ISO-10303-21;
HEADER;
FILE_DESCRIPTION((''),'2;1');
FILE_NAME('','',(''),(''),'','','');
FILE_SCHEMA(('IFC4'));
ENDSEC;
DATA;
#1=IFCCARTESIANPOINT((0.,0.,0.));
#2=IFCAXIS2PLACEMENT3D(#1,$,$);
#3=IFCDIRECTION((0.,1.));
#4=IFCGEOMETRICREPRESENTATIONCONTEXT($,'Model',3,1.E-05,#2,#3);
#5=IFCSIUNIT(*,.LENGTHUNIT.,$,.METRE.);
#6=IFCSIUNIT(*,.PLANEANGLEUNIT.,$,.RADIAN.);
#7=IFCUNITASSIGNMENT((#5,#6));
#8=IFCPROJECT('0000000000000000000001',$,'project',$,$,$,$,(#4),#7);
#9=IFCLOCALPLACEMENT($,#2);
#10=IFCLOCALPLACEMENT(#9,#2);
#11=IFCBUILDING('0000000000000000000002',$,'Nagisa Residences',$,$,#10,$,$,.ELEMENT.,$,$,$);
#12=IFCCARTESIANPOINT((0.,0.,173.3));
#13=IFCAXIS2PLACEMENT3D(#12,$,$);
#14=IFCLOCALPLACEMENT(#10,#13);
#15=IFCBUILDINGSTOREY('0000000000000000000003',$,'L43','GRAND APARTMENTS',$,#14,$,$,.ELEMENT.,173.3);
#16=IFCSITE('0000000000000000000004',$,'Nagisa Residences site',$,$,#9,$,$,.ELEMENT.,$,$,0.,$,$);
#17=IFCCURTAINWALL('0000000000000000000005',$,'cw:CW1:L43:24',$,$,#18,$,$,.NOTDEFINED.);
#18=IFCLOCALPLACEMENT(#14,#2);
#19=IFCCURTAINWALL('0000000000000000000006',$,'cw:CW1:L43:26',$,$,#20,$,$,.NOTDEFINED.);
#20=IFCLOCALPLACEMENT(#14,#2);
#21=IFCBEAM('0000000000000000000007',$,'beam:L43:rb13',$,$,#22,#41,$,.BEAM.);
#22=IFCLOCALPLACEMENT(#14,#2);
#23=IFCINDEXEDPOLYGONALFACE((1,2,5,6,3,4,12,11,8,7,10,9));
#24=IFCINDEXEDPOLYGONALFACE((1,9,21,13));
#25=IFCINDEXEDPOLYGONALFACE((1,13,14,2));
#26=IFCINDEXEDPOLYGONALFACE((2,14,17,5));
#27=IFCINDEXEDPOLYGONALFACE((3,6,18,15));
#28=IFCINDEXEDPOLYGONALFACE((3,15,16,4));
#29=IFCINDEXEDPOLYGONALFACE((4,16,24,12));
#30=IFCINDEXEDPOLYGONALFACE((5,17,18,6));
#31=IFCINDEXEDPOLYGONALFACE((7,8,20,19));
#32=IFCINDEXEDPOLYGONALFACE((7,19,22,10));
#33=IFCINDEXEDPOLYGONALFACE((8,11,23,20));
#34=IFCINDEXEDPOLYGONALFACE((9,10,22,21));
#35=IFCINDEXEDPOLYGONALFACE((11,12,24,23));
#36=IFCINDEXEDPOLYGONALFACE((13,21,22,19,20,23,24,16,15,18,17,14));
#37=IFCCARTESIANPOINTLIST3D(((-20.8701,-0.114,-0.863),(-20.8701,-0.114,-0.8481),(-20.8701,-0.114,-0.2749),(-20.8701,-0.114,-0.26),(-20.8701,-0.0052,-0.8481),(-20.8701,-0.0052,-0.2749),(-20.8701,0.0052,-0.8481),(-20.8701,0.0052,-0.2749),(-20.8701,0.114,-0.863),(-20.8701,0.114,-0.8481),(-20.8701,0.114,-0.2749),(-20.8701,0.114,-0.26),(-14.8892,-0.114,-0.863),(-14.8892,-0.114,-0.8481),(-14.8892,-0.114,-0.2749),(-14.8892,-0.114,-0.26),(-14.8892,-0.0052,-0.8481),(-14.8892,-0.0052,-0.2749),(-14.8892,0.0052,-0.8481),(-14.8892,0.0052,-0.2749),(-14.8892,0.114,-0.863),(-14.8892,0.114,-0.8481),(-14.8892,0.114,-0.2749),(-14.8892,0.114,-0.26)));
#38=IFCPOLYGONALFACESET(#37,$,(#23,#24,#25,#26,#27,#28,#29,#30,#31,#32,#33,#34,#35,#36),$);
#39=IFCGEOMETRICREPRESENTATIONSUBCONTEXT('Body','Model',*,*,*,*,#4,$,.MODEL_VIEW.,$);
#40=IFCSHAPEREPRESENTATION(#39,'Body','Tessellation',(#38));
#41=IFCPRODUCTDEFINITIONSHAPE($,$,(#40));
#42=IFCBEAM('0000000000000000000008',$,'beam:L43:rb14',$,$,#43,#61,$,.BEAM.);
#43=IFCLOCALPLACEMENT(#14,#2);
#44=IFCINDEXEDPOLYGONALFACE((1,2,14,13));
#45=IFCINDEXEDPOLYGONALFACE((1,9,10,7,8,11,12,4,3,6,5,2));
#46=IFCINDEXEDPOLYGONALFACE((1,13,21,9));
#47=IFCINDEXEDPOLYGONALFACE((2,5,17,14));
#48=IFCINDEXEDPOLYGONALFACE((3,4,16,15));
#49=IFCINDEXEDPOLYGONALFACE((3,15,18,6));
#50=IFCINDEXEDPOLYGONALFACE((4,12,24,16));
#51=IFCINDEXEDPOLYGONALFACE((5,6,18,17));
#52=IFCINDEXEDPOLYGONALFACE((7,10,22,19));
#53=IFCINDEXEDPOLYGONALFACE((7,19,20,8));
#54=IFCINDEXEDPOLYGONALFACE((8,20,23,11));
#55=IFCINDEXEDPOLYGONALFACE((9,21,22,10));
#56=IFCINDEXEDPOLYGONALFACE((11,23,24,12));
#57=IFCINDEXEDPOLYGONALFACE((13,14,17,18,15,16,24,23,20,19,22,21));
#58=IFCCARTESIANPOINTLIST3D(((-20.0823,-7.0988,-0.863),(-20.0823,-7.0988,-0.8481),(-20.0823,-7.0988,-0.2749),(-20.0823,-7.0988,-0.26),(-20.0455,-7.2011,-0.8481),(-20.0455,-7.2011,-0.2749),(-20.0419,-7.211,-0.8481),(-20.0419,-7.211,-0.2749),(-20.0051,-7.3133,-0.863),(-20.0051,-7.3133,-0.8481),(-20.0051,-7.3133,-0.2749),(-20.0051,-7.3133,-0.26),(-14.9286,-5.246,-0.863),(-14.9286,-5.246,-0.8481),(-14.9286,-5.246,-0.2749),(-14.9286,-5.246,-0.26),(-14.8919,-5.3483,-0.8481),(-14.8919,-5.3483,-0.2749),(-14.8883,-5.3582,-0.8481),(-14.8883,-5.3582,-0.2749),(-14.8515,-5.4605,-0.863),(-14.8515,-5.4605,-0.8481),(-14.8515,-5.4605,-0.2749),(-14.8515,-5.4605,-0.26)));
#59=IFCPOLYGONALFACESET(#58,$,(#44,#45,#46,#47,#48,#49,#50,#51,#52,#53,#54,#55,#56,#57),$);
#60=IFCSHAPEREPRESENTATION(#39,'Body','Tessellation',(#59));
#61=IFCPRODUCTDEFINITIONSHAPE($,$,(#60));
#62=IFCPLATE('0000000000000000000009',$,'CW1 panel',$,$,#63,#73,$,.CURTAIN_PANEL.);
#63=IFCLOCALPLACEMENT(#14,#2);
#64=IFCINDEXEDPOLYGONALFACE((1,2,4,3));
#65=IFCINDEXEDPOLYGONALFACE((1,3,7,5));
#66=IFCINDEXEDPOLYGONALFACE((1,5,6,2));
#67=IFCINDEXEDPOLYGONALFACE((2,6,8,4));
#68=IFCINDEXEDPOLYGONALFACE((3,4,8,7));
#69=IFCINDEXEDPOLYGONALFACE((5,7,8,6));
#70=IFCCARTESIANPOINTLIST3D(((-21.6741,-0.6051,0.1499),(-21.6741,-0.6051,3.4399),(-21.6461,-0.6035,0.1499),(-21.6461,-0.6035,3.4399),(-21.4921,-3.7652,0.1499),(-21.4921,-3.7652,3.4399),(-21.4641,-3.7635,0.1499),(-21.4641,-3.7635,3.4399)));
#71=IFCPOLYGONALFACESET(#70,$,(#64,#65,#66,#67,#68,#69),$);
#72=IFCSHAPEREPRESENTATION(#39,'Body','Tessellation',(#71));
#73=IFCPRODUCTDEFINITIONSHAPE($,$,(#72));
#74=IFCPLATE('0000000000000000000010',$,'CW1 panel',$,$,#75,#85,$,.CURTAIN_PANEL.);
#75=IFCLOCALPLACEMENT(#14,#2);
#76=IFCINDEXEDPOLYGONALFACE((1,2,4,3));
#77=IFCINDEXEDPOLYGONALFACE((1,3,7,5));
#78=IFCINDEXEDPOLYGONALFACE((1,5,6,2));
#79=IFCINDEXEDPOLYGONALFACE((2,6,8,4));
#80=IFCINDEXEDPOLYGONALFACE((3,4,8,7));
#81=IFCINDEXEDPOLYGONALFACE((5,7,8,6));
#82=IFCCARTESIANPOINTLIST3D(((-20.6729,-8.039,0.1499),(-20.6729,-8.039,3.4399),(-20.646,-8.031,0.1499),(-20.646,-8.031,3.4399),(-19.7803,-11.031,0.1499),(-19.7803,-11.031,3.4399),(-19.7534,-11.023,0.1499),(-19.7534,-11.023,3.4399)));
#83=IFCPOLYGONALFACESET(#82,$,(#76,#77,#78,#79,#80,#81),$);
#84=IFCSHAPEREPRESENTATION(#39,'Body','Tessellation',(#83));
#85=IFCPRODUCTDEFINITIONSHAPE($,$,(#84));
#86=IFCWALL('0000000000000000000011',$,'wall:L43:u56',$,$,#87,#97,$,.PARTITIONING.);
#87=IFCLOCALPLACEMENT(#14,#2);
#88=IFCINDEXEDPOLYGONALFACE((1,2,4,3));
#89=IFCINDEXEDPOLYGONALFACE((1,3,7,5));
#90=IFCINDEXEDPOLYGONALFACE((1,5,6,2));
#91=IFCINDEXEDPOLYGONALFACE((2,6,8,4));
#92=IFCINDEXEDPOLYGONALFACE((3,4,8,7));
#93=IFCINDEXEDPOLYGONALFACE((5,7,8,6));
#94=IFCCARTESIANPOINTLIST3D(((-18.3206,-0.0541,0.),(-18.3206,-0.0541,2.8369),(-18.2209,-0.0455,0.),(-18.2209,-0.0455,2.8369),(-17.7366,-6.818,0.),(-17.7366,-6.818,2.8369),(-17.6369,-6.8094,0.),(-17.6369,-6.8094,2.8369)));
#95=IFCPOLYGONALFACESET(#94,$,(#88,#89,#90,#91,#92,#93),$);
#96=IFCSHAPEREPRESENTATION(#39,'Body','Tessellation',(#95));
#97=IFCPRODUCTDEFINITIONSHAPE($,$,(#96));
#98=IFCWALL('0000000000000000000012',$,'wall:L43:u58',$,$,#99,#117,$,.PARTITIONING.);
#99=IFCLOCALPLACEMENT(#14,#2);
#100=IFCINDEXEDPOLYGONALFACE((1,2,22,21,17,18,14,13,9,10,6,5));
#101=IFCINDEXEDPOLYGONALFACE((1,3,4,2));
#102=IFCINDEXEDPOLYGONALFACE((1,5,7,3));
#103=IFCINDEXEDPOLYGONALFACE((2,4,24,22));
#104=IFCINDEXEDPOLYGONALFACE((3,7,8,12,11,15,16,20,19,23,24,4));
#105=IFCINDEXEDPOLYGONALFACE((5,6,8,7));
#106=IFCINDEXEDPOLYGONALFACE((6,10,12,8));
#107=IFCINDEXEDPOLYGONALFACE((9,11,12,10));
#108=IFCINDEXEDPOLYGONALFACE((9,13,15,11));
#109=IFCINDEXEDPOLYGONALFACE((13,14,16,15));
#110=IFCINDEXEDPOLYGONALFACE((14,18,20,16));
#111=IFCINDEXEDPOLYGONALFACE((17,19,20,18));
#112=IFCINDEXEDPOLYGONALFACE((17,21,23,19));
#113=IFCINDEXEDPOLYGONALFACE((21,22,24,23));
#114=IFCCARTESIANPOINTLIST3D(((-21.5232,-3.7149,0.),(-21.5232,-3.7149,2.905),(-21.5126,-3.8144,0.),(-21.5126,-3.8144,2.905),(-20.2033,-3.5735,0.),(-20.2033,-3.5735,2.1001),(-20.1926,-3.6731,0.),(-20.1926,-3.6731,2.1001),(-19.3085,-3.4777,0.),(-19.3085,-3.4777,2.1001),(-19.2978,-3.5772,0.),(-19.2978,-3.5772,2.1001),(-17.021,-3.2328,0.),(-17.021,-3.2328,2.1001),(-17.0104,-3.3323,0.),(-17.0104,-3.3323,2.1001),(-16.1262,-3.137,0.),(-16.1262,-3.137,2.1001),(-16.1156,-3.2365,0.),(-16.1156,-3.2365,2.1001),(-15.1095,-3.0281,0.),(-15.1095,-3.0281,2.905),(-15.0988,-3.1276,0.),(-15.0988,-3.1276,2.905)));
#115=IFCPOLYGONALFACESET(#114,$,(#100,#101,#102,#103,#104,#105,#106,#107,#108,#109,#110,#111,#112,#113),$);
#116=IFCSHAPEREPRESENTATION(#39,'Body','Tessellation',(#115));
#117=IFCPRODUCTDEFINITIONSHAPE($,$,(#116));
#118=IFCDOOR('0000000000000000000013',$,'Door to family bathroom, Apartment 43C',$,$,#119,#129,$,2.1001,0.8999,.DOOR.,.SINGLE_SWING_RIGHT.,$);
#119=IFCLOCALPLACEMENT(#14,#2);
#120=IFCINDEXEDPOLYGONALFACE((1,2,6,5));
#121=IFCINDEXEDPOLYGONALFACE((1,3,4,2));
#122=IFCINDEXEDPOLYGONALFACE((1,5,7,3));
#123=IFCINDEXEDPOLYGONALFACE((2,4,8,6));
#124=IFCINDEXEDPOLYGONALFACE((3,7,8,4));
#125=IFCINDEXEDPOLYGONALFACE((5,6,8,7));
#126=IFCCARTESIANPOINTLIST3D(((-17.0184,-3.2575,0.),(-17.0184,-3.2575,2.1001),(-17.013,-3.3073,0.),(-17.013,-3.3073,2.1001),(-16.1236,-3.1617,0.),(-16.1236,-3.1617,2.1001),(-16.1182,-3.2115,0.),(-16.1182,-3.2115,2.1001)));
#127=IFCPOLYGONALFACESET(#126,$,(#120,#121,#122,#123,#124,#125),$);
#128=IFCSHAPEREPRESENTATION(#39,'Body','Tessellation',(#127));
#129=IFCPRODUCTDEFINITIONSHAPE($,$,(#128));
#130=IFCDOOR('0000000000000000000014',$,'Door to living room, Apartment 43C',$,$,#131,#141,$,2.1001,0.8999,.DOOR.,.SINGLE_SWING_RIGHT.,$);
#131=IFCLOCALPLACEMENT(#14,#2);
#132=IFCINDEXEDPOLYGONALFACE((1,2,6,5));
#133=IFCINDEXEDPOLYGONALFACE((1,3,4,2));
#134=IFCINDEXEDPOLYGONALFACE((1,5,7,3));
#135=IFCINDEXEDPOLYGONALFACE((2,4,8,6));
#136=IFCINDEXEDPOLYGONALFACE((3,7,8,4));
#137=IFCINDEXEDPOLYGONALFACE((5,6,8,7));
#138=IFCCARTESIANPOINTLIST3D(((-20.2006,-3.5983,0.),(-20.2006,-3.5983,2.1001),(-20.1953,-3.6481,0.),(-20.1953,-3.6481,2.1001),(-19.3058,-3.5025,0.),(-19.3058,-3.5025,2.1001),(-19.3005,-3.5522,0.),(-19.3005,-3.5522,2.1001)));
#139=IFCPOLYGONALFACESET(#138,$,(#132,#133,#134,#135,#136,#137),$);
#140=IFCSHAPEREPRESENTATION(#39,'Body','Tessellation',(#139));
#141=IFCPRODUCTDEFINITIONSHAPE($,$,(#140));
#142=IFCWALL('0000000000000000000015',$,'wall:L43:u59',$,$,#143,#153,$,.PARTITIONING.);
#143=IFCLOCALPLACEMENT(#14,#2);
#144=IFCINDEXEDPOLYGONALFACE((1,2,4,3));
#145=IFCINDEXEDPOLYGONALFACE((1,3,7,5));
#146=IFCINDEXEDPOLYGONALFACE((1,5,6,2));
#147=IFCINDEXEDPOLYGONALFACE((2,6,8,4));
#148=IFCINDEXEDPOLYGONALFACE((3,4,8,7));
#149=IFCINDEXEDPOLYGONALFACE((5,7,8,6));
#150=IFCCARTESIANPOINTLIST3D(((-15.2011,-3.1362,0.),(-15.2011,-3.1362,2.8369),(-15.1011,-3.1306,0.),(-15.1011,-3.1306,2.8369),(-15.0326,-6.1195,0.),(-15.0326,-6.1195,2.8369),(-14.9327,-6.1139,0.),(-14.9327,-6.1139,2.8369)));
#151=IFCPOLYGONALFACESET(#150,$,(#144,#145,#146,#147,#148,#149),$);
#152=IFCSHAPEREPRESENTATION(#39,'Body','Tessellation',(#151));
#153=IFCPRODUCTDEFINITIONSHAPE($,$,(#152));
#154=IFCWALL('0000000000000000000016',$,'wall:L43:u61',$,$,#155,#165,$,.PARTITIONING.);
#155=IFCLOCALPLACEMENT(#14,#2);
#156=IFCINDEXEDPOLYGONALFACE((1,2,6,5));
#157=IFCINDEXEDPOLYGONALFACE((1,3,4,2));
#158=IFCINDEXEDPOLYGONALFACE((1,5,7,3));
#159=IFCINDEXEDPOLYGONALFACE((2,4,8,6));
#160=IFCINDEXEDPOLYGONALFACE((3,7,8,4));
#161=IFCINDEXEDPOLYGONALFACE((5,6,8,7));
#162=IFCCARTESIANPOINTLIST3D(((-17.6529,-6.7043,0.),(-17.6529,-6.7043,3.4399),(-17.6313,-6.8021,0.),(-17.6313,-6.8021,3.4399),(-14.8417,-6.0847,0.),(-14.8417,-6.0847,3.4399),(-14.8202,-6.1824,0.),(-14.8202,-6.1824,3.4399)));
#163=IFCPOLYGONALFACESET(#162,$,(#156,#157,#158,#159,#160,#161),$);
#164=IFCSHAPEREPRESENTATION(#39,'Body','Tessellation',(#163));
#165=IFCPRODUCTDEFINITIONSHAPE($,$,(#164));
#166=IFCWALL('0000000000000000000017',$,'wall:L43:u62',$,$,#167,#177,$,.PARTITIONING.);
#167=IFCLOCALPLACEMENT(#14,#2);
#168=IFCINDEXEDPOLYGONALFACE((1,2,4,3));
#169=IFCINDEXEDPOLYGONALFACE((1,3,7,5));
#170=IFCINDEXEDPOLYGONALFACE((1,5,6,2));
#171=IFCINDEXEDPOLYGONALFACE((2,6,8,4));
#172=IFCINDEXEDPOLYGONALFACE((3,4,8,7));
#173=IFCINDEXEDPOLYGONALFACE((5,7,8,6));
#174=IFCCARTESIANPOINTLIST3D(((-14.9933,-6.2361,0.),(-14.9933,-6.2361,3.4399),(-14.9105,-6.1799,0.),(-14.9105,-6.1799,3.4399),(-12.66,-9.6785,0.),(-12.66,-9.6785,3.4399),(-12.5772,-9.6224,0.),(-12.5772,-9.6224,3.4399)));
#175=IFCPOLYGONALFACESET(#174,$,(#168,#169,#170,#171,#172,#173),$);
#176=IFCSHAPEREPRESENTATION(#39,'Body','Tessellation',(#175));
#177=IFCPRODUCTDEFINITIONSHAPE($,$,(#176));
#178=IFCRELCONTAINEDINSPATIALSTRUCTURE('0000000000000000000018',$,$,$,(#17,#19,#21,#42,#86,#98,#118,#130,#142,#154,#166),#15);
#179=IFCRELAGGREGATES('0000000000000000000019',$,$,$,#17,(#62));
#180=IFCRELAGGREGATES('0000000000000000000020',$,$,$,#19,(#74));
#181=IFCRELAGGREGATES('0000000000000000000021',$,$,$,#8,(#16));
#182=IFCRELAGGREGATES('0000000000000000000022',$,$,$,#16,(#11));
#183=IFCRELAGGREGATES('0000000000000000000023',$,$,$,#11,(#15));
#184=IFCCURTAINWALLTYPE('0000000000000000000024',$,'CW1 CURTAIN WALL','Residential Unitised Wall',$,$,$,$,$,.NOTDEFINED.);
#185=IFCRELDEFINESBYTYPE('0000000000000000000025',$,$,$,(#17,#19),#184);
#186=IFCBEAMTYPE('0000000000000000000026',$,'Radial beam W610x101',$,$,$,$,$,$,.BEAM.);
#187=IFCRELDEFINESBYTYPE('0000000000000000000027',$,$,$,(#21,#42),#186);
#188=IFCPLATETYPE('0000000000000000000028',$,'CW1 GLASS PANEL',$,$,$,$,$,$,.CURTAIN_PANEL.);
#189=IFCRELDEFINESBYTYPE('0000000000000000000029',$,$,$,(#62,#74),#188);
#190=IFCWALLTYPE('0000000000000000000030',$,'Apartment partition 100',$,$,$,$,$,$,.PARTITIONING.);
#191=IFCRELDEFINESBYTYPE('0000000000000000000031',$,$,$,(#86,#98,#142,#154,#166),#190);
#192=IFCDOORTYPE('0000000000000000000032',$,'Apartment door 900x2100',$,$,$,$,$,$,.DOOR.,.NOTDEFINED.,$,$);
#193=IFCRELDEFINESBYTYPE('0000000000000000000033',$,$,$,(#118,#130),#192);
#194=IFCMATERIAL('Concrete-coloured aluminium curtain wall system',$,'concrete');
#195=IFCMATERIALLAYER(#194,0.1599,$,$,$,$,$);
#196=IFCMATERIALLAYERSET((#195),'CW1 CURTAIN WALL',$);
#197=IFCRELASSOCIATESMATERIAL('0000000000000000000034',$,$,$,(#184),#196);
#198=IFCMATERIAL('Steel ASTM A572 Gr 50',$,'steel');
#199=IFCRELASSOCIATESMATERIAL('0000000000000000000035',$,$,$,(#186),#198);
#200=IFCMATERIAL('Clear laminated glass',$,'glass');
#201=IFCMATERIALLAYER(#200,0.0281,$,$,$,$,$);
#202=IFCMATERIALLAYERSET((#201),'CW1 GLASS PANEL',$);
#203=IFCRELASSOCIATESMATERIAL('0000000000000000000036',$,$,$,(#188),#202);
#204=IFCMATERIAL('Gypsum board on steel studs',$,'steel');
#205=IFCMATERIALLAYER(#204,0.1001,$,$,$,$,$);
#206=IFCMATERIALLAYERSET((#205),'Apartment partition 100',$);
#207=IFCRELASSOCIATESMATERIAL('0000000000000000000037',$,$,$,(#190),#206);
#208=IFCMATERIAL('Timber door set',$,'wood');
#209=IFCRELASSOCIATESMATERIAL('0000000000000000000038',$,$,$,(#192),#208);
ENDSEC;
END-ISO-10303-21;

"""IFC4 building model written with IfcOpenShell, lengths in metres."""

from ifc_helpers import new_model, si_unit, direction, frame, frame_2d, origin, origin_2d, place, context, subcontext, project, spatial, rectangle, i_section, extrude, material, layer, layer_set, material_profile, profile_set, type_object, element, fill, aggregate, save


model = new_model("IFC4")

# Units and contexts
model_context = context("Model", 3, precision=1e-05, world=origin(), true_north=direction((0.0, 1.0)))
body_context = subcontext(model_context, "Body", "Model", "MODEL_VIEW")
ifc_project = project(units=[si_unit("LENGTHUNIT", "METRE"), si_unit("PLANEANGLEUNIT", "RADIAN")], contexts=[model_context])

# Site, building, storey
site_placement = place(None, origin())
site = spatial("IfcSite", under=ifc_project, at=site_placement, Name="Nagisa Residences site", CompositionType="ELEMENT", RefElevation=0.0)
building_placement = place(site_placement, origin())
building = spatial("IfcBuilding", under=site, at=building_placement, Name="Nagisa Residences", CompositionType="ELEMENT")
storey_placement = place(building_placement, frame((0.0, 0.0, 173.3)))
storey = spatial("IfcBuildingStorey", under=building, at=storey_placement, Name="L43", Description="GRAND APARTMENTS", CompositionType="ELEMENT", Elevation=173.3)

# Curtain walls
ifc_material_1 = material(Name="Concrete-coloured aluminium curtain wall system", Category="concrete")
ifc_layer_1 = layer(ifc_material_1, 0.1599)
ifc_layer_set_1 = layer_set([ifc_layer_1], Name="CW1 CURTAIN WALL")
curtain_wall_type = type_object("IfcCurtainWallType", Name="CW1 CURTAIN WALL", Description="Residential Unitised Wall", PredefinedType="NOTDEFINED", material=ifc_layer_set_1)
curtain_wall_1_placement = place(storey_placement, origin())
curtain_wall_1 = element("IfcCurtainWall", 1, at=curtain_wall_1_placement, inside=storey, type_object=curtain_wall_type, Name="cw:CW1:L43:24", PredefinedType="NOTDEFINED")
curtain_wall_2_placement = place(storey_placement, origin())
curtain_wall_2 = element("IfcCurtainWall", 2, at=curtain_wall_2_placement, inside=storey, type_object=curtain_wall_type, Name="cw:CW1:L43:26", PredefinedType="NOTDEFINED")

# Beams
ifc_material_2 = material(Name="Steel ASTM A572 Gr 50", Category="steel")
ifc_material_profile_1 = material_profile(ifc_material_2, i_section(OverallWidth=0.228, OverallDepth=0.603, WebThickness=0.0105, FlangeThickness=0.0149, at=origin_2d()), Name="W610x101")
ifc_profile_set_1 = profile_set([ifc_material_profile_1], Name="Steel ASTM A572 Gr 50")
beam_type_1 = type_object("IfcBeamType", Name="Radial beam W610x101", PredefinedType="BEAM", material=ifc_profile_set_1)
beam_1_placement = place(storey_placement, frame((-20.8701, 0.0, -0.5615), z_axis=(1.0, 0.0, 0.0), x_axis=(0.0, 1.0, 0.0)))
element("IfcBeam", 3, at=beam_1_placement, inside=storey, type_object=beam_type_1, Name="beam:L43:rb13", PredefinedType="BEAM", context=body_context, shape_type="SweptSolid", body=[
    extrude(i_section(OverallWidth=0.228, OverallDepth=0.603, WebThickness=0.0105, FlangeThickness=0.0149, at=origin_2d()), origin(), (0.0, 0.0, 1.0), 5.981),
])
beam_2_placement = place(storey_placement, frame((-20.0437, -7.2061, -0.5615), z_axis=(0.941033, 0.338315, 0.0), x_axis=(-0.338315, 0.941033, 0.0)))
element("IfcBeam", 4, at=beam_2_placement, inside=storey, type_object=beam_type_1, Name="beam:L43:rb14", PredefinedType="BEAM", context=body_context, shape_type="SweptSolid", body=[
    extrude(i_section(OverallWidth=0.228, OverallDepth=0.603, WebThickness=0.0105, FlangeThickness=0.0149, at=origin_2d()), origin(), (0.0, 0.0, 1.0), 5.4766),
])

# Plates
ifc_material_3 = material(Name="Clear laminated glass", Category="glass")
ifc_layer_2 = layer(ifc_material_3, 0.0281)
ifc_layer_set_2 = layer_set([ifc_layer_2], Name="CW1 GLASS PANEL")
plate_type = type_object("IfcPlateType", Name="CW1 GLASS PANEL", PredefinedType="CURTAIN_PANEL", material=ifc_layer_set_2)
plate_1_placement = place(storey_placement, frame((-21.5691, -2.1843, 0.1499), z_axis=(0.0, 0.0, 1.0), x_axis=(0.057503, -0.998345, 0.0)))
plate_1 = element("IfcPlate", 5, at=plate_1_placement, type_object=plate_type, Name="CW1 panel", PredefinedType="CURTAIN_PANEL", context=body_context, shape_type="SweptSolid", body=[
    extrude(rectangle(XDim=3.1653, YDim=0.0281, at=origin_2d()), origin(), (0.0, 0.0, 1.0), 3.29),
])
aggregate(curtain_wall_1, [plate_1])
plate_2_placement = place(storey_placement, frame((-20.2131, -9.531, 0.1499), z_axis=(0.0, 0.0, 1.0), x_axis=(0.28586, -0.958271, 0.0)))
plate_2 = element("IfcPlate", 6, at=plate_2_placement, type_object=plate_type, Name="CW1 panel", PredefinedType="CURTAIN_PANEL", context=body_context, shape_type="SweptSolid", body=[
    extrude(rectangle(XDim=3.1223, YDim=0.0281, at=origin_2d()), origin(), (0.0, 0.0, 1.0), 3.29),
])
aggregate(curtain_wall_2, [plate_2])

# Wall
ifc_material_4 = material(Name="Gypsum board on steel studs", Category="steel")
ifc_layer_3 = layer(ifc_material_4, 0.1001)
ifc_layer_set_3 = layer_set([ifc_layer_3], Name="Apartment partition 100")
wall_type_1 = type_object("IfcWallType", Name="Apartment partition 100", PredefinedType="PARTITIONING", material=ifc_layer_set_3)
wall_1_placement = place(storey_placement, frame((-18.2708, -0.0498, 0.0), z_axis=(0.0, 0.0, 1.0), x_axis=(0.086018, -0.996294, 0.0)))
element("IfcWall", 7, at=wall_1_placement, inside=storey, type_object=wall_type_1, Name="wall:L43:u56", PredefinedType="PARTITIONING", context=body_context, shape_type="SweptSolid", body=[
    extrude(rectangle(XDim=6.7891, YDim=0.1001, at=frame_2d((3.3945, 0.0))), origin(), (0.0, 0.0, 1.0), 2.8369),
])

# Wall, openings, doors
wall_2_placement = place(storey_placement, frame((-15.1042, -3.0779, 0.0), z_axis=(0.0, 0.0, 1.0), x_axis=(-0.994316, -0.106468, 0.0)))
wall_2 = element("IfcWall", 8, at=wall_2_placement, inside=storey, type_object=wall_type_1, Name="wall:L43:u58", PredefinedType="PARTITIONING", context=body_context, shape_type="SweptSolid", body=[
    extrude(rectangle(XDim=6.4504, YDim=0.1001, at=frame_2d((3.2251, 0.0))), origin(), (0.0, 0.0, 1.0), 2.905),
])
opening_1_placement = place(wall_2_placement, frame((1.0225, 0.0, 0.0)))
opening_1 = element("IfcOpeningElement", 9, at=opening_1_placement, cuts=wall_2, PredefinedType="OPENING", context=body_context, shape_type="SweptSolid", body=[
    extrude(rectangle(XDim=0.8999, YDim=2.1001, at=frame_2d((0.45, 1.05))), frame((0.0, 0.0601, 0.0), z_axis=(0.0, -1.0, 0.0), x_axis=(1.0, 0.0, 0.0)), (0.0, 0.0, 1.0), 0.1201),
])
opening_2_placement = place(wall_2_placement, frame((4.2229, 0.0, 0.0)))
opening_2 = element("IfcOpeningElement", 10, at=opening_2_placement, cuts=wall_2, PredefinedType="OPENING", context=body_context, shape_type="SweptSolid", body=[
    extrude(rectangle(XDim=0.8999, YDim=2.1001, at=frame_2d((0.45, 1.05))), frame((0.0, 0.0601, 0.0), z_axis=(0.0, -1.0, 0.0), x_axis=(1.0, 0.0, 0.0)), (0.0, 0.0, 1.0), 0.1201),
])
ifc_material_5 = material(Name="Timber door set", Category="wood")
door_type_1 = type_object("IfcDoorType", Name="Apartment door 900x2100", OperationType="NOTDEFINED", PredefinedType="DOOR", material=ifc_material_5)
door_1_placement = place(opening_1_placement, origin())
door_1 = element("IfcDoor", 11, at=door_1_placement, inside=storey, type_object=door_type_1, Name="Door to family bathroom, Apartment 43C", OperationType="SINGLE_SWING_RIGHT", OverallHeight=2.1001, OverallWidth=0.8999, PredefinedType="DOOR", context=body_context, shape_type="SweptSolid", body=[
    extrude(rectangle(XDim=0.8999, YDim=2.1001, at=frame_2d((0.45, 1.05))), frame((0.0, 0.0249, 0.0), z_axis=(0.0, -1.0, 0.0), x_axis=(1.0, 0.0, 0.0)), (0.0, 0.0, 1.0), 0.05),
])
fill(opening_1, door_1)
door_2_placement = place(opening_2_placement, origin())
door_2 = element("IfcDoor", 12, at=door_2_placement, inside=storey, type_object=door_type_1, Name="Door to living room, Apartment 43C", OperationType="SINGLE_SWING_RIGHT", OverallHeight=2.1001, OverallWidth=0.8999, PredefinedType="DOOR", context=body_context, shape_type="SweptSolid", body=[
    extrude(rectangle(XDim=0.8999, YDim=2.1001, at=frame_2d((0.45, 1.05))), frame((0.0, 0.0249, 0.0), z_axis=(0.0, -1.0, 0.0), x_axis=(1.0, 0.0, 0.0)), (0.0, 0.0, 1.0), 0.05),
])
fill(opening_2, door_2)

# Walls
wall_3_placement = place(storey_placement, frame((-15.1511, -3.1333, 0.0), z_axis=(0.0, 0.0, 1.0), x_axis=(0.056375, -0.99841, 0.0)))
element("IfcWall", 13, at=wall_3_placement, inside=storey, type_object=wall_type_1, Name="wall:L43:u59", PredefinedType="PARTITIONING", context=body_context, shape_type="SweptSolid", body=[
    extrude(rectangle(XDim=2.988, YDim=0.1001, at=frame_2d((1.4941, 0.0))), origin(), (0.0, 0.0, 1.0), 2.8369),
])
wall_4_placement = place(storey_placement, frame((-14.8308, -6.1335, 0.0), z_axis=(0.0, 0.0, 1.0), x_axis=(-0.976561, -0.215242, 0.0)))
element("IfcWall", 14, at=wall_4_placement, inside=storey, type_object=wall_type_1, Name="wall:L43:u61", PredefinedType="PARTITIONING", context=body_context, shape_type="SweptSolid", body=[
    extrude(rectangle(XDim=2.8787, YDim=0.1001, at=frame_2d((1.4395, 0.0))), origin(), (0.0, 0.0, 1.0), 3.4399),
])
wall_5_placement = place(storey_placement, frame((-14.9519, -6.208, 0.0), z_axis=(0.0, 0.0, 1.0), x_axis=(0.561065, -0.827772, 0.0)))
element("IfcWall", 15, at=wall_5_placement, inside=storey, type_object=wall_type_1, Name="wall:L43:u62", PredefinedType="PARTITIONING", context=body_context, shape_type="SweptSolid", body=[
    extrude(rectangle(XDim=4.1587, YDim=0.1001, at=frame_2d((2.0793, 0.0))), origin(), (0.0, 0.0, 1.0), 3.4399),
])

save(model, "model.ifc")
